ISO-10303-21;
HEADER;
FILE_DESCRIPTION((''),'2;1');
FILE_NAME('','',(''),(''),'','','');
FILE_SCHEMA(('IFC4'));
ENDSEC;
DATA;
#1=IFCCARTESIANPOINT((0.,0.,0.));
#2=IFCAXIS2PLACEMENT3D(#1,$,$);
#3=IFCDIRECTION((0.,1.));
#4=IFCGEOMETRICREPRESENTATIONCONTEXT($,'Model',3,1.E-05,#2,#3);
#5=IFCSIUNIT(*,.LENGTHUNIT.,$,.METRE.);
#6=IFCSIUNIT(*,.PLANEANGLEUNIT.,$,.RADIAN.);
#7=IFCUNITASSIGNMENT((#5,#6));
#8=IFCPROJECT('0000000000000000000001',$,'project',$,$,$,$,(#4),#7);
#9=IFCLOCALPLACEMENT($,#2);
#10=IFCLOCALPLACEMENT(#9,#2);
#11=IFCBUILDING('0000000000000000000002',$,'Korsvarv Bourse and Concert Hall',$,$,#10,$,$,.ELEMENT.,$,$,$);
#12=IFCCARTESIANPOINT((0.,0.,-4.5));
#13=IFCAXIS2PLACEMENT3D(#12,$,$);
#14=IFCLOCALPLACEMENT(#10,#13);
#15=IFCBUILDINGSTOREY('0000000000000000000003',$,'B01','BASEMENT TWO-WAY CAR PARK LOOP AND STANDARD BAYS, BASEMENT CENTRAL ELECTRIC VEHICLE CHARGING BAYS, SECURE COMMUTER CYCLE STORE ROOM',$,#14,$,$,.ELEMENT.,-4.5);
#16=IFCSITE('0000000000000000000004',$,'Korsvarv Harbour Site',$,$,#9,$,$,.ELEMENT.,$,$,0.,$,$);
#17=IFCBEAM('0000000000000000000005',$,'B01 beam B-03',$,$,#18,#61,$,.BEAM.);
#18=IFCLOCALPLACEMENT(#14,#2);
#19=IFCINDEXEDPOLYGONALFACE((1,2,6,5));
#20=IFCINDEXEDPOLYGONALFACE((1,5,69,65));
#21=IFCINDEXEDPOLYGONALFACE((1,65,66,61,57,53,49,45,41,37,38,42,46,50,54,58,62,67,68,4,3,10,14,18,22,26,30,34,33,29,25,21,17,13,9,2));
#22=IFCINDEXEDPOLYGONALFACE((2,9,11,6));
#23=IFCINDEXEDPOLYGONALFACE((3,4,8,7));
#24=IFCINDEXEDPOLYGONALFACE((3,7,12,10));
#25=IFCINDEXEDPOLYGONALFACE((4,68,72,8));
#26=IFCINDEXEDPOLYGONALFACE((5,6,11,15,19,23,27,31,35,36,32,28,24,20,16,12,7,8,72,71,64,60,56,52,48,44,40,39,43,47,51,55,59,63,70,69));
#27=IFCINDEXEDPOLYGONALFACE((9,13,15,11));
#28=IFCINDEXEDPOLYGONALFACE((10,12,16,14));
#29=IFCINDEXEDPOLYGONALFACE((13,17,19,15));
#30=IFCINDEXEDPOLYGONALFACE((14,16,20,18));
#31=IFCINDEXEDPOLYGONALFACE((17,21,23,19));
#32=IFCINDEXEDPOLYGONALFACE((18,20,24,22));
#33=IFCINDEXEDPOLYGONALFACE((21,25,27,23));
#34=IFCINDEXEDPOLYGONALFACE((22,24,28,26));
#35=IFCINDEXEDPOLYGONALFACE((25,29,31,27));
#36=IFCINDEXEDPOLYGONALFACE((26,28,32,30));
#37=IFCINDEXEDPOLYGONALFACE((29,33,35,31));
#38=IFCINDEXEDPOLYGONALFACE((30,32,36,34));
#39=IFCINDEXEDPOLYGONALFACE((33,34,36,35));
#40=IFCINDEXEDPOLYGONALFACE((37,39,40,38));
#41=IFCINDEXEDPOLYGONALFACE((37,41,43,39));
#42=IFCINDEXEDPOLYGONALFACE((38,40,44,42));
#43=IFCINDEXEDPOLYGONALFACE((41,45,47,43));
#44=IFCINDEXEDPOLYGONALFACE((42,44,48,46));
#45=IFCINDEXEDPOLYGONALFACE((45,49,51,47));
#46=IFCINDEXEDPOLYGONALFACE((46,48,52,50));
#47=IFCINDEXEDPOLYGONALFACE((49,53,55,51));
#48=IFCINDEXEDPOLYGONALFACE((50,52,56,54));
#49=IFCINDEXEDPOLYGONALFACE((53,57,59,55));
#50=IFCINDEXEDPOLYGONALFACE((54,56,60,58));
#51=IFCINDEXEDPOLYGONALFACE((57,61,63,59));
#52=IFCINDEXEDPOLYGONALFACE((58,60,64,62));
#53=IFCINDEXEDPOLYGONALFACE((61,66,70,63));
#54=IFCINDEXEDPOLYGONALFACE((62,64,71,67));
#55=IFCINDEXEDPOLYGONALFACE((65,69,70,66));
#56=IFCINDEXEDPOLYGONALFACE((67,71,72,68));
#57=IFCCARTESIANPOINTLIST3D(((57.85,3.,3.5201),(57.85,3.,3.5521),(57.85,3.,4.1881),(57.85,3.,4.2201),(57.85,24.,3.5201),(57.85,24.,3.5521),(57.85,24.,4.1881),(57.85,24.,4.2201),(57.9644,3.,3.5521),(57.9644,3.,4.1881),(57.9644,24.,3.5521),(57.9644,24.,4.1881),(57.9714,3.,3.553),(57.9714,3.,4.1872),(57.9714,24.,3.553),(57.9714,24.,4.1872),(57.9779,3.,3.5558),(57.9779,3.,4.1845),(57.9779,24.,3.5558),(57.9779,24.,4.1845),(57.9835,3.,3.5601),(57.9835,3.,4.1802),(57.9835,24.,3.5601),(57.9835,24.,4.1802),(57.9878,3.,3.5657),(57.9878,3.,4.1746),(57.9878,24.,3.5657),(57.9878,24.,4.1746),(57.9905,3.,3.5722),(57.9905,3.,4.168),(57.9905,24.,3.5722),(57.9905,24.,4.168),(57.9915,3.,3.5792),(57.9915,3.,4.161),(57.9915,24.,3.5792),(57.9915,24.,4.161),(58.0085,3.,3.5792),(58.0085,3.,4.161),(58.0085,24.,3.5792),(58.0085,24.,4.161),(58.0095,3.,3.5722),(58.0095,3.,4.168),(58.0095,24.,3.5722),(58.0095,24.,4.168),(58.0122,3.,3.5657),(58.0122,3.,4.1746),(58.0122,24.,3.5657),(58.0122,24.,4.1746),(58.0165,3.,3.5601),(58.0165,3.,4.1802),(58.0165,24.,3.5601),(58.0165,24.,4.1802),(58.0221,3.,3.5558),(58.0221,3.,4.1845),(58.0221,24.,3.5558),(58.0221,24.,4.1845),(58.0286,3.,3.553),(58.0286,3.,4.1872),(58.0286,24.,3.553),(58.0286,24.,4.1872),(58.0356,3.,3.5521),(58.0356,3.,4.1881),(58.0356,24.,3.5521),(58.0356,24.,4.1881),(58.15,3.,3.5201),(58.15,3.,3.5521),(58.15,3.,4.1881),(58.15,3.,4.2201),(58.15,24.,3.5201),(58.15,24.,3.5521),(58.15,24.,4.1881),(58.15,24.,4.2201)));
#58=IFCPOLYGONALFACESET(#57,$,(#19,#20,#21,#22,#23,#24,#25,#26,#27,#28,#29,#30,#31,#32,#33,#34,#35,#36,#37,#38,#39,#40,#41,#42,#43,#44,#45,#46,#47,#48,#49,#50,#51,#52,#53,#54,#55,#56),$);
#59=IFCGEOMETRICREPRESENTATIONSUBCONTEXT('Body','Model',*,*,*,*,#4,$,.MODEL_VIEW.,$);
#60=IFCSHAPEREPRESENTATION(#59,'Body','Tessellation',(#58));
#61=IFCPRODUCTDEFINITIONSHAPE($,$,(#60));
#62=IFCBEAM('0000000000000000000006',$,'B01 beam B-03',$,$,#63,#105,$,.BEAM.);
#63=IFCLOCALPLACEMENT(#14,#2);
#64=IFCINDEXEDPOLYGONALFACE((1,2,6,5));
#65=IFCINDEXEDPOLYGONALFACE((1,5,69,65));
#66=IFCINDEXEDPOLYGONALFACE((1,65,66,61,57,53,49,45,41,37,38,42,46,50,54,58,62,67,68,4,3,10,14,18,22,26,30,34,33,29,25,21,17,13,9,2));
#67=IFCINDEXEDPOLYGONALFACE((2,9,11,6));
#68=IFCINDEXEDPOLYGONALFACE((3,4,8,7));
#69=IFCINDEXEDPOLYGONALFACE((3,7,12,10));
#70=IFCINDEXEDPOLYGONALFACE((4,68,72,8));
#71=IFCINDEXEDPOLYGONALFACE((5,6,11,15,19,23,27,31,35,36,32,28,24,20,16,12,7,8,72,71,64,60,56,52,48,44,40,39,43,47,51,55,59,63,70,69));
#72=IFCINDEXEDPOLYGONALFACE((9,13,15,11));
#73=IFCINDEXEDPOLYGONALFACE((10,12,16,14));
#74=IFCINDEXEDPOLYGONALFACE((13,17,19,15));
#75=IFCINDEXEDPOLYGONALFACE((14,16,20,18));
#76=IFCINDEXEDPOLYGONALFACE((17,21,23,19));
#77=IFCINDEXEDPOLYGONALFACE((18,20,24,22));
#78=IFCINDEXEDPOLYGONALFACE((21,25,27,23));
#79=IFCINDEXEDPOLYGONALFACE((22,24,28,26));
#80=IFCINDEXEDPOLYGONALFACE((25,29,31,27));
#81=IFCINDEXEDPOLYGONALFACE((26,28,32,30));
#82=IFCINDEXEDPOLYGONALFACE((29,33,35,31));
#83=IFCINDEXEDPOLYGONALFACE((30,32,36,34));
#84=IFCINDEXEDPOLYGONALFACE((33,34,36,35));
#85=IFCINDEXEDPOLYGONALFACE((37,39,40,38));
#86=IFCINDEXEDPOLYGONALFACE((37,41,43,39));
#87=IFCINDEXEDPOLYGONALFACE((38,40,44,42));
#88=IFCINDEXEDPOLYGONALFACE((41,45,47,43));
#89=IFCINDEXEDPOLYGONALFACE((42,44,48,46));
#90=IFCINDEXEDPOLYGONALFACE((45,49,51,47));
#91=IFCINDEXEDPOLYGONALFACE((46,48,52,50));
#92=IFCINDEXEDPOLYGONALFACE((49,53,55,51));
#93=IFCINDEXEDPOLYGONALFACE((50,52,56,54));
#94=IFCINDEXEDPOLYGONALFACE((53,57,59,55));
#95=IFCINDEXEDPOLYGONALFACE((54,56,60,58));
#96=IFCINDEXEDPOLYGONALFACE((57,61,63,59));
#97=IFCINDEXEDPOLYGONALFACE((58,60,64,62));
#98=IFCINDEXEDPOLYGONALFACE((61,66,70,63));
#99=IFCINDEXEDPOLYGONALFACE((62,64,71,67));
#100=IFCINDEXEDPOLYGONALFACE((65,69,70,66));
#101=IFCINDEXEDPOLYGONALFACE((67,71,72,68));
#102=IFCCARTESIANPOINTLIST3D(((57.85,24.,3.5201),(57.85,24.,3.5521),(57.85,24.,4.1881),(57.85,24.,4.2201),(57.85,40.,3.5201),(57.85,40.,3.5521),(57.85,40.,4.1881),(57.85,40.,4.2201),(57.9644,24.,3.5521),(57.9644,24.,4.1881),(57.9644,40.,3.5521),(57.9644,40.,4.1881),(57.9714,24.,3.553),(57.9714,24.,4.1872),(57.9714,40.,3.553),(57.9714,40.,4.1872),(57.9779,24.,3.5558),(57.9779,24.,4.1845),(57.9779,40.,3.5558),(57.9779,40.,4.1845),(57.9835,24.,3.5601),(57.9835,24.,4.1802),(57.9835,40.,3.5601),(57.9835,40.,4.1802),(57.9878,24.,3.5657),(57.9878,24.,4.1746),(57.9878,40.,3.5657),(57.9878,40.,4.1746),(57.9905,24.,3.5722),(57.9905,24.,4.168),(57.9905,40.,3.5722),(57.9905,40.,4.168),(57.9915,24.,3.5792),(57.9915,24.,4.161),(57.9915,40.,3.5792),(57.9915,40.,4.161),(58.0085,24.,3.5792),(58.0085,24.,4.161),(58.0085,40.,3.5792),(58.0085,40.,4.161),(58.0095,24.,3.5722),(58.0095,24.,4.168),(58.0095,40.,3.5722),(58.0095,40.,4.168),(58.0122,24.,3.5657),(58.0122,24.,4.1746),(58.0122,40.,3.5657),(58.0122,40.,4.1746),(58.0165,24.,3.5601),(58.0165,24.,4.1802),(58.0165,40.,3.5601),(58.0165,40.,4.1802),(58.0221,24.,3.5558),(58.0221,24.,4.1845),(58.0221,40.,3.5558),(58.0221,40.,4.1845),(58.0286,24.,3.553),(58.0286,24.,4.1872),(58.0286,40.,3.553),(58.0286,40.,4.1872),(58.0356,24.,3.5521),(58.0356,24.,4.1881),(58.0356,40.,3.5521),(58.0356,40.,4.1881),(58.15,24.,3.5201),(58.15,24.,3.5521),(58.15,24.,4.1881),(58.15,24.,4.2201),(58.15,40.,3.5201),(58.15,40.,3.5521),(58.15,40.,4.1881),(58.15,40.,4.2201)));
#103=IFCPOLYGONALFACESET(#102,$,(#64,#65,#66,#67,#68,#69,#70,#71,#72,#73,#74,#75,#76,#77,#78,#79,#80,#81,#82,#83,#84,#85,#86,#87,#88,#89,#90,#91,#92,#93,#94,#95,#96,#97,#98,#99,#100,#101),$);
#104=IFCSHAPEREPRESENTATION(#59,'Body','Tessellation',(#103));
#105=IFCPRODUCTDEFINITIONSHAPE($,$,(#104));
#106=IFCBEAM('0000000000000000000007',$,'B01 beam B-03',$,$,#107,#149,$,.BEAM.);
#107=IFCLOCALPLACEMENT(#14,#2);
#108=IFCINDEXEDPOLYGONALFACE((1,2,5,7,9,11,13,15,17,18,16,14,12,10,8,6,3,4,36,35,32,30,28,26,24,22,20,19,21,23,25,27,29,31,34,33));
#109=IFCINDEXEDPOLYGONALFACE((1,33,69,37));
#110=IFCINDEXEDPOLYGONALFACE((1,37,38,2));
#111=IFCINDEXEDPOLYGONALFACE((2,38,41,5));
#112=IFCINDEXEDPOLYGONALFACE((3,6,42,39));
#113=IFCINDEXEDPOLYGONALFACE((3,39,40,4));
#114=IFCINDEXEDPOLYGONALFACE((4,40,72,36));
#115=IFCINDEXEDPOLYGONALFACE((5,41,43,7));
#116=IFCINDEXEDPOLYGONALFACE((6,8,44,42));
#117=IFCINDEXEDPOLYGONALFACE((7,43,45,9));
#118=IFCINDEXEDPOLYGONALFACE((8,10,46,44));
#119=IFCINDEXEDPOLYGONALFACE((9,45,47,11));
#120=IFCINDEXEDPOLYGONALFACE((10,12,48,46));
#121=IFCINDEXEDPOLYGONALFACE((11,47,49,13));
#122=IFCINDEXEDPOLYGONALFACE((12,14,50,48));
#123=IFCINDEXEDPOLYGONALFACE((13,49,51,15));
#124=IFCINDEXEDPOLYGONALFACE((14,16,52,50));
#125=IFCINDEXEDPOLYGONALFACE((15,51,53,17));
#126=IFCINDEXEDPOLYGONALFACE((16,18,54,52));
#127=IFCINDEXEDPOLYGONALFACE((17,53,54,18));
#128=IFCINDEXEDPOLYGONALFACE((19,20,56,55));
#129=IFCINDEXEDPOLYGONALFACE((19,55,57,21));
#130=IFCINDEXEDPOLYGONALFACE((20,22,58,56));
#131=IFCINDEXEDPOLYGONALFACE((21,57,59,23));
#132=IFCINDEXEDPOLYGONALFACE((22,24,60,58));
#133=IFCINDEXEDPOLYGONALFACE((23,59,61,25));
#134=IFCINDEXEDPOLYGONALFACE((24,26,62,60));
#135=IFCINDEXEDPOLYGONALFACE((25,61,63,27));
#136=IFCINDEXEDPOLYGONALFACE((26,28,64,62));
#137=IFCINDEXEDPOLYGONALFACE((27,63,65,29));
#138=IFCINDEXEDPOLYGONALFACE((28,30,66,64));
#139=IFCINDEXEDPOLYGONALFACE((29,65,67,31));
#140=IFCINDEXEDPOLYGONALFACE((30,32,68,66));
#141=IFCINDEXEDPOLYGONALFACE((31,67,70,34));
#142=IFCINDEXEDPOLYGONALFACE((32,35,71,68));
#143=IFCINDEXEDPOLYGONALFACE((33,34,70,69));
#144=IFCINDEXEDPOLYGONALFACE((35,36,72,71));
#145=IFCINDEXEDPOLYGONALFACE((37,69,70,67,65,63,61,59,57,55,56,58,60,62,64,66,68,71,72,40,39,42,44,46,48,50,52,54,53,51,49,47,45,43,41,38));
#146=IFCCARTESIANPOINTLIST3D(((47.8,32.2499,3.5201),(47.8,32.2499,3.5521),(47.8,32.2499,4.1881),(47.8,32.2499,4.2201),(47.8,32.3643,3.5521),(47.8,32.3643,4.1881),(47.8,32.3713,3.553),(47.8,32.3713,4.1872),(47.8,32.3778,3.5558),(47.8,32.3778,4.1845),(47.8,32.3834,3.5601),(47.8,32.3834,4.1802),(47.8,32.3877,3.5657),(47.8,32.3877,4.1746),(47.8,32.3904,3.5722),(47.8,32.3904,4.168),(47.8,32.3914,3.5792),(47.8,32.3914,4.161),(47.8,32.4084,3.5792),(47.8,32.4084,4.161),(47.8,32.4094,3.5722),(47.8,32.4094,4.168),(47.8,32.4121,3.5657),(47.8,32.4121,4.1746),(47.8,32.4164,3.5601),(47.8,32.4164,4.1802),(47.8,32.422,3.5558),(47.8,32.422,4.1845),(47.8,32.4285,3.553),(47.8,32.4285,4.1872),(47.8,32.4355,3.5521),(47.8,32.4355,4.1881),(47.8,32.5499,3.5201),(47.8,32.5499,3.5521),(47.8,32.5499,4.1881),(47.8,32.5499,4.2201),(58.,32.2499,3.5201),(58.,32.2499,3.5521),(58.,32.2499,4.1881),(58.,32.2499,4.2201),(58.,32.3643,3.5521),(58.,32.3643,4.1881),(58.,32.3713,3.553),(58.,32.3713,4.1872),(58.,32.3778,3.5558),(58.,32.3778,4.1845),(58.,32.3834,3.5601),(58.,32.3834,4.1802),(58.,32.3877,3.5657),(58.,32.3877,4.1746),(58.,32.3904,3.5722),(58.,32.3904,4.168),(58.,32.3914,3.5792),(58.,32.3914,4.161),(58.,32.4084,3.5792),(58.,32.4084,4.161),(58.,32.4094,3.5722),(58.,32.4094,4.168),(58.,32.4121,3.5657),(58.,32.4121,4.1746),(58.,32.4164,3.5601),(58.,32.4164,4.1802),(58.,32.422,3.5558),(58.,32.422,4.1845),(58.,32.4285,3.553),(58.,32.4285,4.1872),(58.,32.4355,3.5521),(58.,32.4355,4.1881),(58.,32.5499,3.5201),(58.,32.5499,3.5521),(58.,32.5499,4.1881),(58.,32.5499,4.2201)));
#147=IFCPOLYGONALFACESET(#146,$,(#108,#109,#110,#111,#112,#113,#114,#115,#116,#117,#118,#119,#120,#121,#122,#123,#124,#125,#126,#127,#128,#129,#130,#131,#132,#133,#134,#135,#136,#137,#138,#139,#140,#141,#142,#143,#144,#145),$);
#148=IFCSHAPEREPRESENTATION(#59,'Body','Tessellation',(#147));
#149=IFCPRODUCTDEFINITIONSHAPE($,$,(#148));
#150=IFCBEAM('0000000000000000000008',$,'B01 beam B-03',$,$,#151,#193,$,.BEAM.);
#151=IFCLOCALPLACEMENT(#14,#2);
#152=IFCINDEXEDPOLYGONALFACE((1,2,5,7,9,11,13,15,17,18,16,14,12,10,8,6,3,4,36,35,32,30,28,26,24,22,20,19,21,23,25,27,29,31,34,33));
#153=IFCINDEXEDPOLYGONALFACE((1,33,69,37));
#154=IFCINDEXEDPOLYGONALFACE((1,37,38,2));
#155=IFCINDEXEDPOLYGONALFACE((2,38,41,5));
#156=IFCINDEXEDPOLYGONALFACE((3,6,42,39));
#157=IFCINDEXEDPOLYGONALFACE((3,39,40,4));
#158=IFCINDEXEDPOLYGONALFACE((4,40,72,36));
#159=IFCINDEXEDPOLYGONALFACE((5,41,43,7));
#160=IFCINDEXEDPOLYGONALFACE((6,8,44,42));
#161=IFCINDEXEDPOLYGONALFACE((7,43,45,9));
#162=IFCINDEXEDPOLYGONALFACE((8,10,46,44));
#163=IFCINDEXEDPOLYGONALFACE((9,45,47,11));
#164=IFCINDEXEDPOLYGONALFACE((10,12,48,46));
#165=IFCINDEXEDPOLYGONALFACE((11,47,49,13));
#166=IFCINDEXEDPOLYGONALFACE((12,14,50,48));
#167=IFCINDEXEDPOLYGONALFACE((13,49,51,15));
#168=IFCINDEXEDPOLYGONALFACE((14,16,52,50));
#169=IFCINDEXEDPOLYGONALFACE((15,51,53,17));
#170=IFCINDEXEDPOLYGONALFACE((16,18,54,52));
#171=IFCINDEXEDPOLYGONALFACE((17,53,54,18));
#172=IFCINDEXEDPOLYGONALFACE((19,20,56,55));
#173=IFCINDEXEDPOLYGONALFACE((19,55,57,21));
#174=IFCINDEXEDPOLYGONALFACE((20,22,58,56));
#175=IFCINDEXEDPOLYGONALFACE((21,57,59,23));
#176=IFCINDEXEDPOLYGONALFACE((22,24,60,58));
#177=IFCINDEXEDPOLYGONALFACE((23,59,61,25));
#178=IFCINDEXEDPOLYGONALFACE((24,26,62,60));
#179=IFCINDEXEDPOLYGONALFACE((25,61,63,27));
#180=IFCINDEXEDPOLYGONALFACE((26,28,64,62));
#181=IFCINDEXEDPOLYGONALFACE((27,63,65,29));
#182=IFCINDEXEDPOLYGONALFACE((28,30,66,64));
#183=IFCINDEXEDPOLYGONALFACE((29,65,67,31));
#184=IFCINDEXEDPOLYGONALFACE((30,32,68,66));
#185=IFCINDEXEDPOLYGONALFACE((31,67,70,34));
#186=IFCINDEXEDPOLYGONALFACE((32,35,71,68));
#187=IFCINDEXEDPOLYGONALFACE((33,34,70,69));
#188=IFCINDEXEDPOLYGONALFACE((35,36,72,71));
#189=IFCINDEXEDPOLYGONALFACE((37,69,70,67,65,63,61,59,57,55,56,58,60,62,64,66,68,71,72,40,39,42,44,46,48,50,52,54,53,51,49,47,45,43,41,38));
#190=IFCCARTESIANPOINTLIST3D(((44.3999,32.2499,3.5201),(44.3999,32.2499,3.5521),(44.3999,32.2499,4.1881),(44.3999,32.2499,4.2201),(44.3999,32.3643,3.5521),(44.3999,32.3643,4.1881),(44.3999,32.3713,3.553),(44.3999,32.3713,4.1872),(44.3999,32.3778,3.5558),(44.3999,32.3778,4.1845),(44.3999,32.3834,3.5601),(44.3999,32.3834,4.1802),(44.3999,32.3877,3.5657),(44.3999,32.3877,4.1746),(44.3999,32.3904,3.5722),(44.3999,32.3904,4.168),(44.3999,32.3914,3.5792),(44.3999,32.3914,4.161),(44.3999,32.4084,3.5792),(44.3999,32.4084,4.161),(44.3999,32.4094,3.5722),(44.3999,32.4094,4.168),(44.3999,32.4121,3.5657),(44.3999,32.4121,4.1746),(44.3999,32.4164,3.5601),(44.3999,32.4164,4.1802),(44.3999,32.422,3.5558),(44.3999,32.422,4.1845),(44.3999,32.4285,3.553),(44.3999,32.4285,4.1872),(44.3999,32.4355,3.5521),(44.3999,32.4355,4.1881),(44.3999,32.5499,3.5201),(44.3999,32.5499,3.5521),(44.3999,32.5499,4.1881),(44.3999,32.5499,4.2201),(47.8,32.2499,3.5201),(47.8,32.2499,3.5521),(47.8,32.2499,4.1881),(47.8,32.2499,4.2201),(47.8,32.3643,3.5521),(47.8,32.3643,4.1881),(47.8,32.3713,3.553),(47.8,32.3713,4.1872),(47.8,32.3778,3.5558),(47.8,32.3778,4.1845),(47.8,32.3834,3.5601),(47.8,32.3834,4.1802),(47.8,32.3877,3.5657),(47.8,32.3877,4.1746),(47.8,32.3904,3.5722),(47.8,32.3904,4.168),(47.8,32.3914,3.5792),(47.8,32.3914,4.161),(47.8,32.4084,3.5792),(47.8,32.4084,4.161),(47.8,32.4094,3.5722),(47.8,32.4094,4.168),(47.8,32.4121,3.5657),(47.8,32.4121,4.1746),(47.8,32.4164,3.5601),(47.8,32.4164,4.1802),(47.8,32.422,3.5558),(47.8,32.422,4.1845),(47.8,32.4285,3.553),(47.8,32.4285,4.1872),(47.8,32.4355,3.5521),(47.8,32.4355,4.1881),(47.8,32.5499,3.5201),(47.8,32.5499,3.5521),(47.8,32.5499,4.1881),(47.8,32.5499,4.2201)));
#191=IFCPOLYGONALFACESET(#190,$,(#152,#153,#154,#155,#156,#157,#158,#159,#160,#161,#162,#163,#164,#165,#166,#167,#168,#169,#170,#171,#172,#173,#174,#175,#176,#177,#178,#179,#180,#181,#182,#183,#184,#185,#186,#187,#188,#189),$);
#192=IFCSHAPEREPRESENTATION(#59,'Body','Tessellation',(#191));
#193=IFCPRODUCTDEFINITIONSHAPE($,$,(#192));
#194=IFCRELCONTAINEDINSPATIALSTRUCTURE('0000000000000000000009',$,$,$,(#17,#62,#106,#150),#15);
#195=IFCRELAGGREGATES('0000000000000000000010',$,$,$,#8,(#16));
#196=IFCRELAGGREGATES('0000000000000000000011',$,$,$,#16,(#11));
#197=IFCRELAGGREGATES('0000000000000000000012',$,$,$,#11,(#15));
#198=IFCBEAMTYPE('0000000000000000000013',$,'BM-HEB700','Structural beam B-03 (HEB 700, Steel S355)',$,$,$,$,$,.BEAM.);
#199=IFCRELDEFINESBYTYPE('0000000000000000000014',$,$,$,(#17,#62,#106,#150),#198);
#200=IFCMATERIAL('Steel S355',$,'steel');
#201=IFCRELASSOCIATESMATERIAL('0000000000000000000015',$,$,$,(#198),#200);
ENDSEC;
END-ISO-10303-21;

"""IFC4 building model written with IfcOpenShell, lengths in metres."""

from ifc_helpers import new_model, si_unit, direction, frame, origin, origin_2d, place, context, subcontext, project, spatial, i_section, extrude, source, transform, mapped, material, material_profile, profile_set, type_object, element, save


model = new_model("IFC4")

# Units and contexts
model_context = context("Model", 3, precision=1e-05, world=origin(), true_north=direction((0.0, 1.0)))
body_context = subcontext(model_context, "Body", "Model", "MODEL_VIEW")
ifc_project = project(units=[si_unit("LENGTHUNIT", "METRE"), si_unit("PLANEANGLEUNIT", "RADIAN")], contexts=[model_context])

# Site, building, storey
site_placement = place(None, origin())
site = spatial("IfcSite", under=ifc_project, at=site_placement, Name="Korsvarv Harbour Site", CompositionType="ELEMENT", RefElevation=0.0)
building_placement = place(site_placement, origin())
building = spatial("IfcBuilding", under=site, at=building_placement, Name="Korsvarv Bourse and Concert Hall", CompositionType="ELEMENT")
storey_placement = place(building_placement, frame((0.0, 0.0, -4.5)))
storey = spatial("IfcBuildingStorey", under=building, at=storey_placement, Name="B01", Description="BASEMENT TWO-WAY CAR PARK LOOP AND STANDARD BAYS, BASEMENT CENTRAL ELECTRIC VEHICLE CHARGING BAYS, SECURE COMMUTER CYCLE STORE ROOM", CompositionType="ELEMENT", Elevation=-4.5)

# Beams
ifc_material_1 = material(Name="Steel S355", Category="steel")
ifc_material_profile_1 = material_profile(ifc_material_1, i_section(OverallWidth=0.3, OverallDepth=0.7, WebThickness=0.0171, FlangeThickness=0.032, FilletRadius=0.0271, at=origin_2d()), Name="HEB 700")
ifc_profile_set_1 = profile_set([ifc_material_profile_1], Name="Steel S355")
beam_type_1 = type_object("IfcBeamType", Name="BM-HEB700", Description="Structural beam B-03 (HEB 700, Steel S355)", PredefinedType="BEAM", material=ifc_profile_set_1)
shared_shape_1 = source(origin(), body_context, "Body", "SweptSolid", [
    extrude(i_section(OverallWidth=0.3, OverallDepth=0.7, WebThickness=0.0171, FlangeThickness=0.032, FilletRadius=0.0271, at=origin_2d()), origin(), (0.0, 0.0, 1.0), 21.0),
])
beam_1_placement = place(storey_placement, frame((58.0, 3.0, 3.8701), z_axis=(0.0, 1.0, 0.0), x_axis=(-1.0, 0.0, 0.0)))
element("IfcBeam", 1, at=beam_1_placement, inside=storey, type_object=beam_type_1, Name="B01 beam B-03", PredefinedType="BEAM", context=body_context, shape_type="MappedRepresentation", body=[
    mapped(shared_shape_1, transform((0.0, 0.0, 0.0), scale=1.0)),
])
shared_shape_2 = source(origin(), body_context, "Body", "SweptSolid", [
    extrude(i_section(OverallWidth=0.3, OverallDepth=0.7, WebThickness=0.0171, FlangeThickness=0.032, FilletRadius=0.0271, at=origin_2d()), origin(), (0.0, 0.0, 1.0), 16.0),
])
beam_2_placement = place(storey_placement, frame((58.0, 24.0, 3.8701), z_axis=(0.0, 1.0, 0.0), x_axis=(-1.0, 0.0, 0.0)))
element("IfcBeam", 2, at=beam_2_placement, inside=storey, type_object=beam_type_1, Name="B01 beam B-03", PredefinedType="BEAM", context=body_context, shape_type="MappedRepresentation", body=[
    mapped(shared_shape_2, transform((0.0, 0.0, 0.0), scale=1.0)),
])
shared_shape_3 = source(origin(), body_context, "Body", "SweptSolid", [
    extrude(i_section(OverallWidth=0.3, OverallDepth=0.7, WebThickness=0.0171, FlangeThickness=0.032, FilletRadius=0.0271, at=origin_2d()), origin(), (0.0, 0.0, 1.0), 10.2),
])
beam_3_placement = place(storey_placement, frame((47.8, 32.3999, 3.8701), z_axis=(1.0, 0.0, 0.0), x_axis=(0.0, 1.0, 0.0)))
element("IfcBeam", 3, at=beam_3_placement, inside=storey, type_object=beam_type_1, Name="B01 beam B-03", PredefinedType="BEAM", context=body_context, shape_type="MappedRepresentation", body=[
    mapped(shared_shape_3, transform((0.0, 0.0, 0.0), scale=1.0)),
])
shared_shape_4 = source(origin(), body_context, "Body", "SweptSolid", [
    extrude(i_section(OverallWidth=0.3, OverallDepth=0.7, WebThickness=0.0171, FlangeThickness=0.032, FilletRadius=0.0271, at=origin_2d()), origin(), (0.0, 0.0, 1.0), 3.4001),
])
beam_4_placement = place(storey_placement, frame((44.3999, 32.3999, 3.8701), z_axis=(1.0, 0.0, 0.0), x_axis=(0.0, 1.0, 0.0)))
element("IfcBeam", 4, at=beam_4_placement, inside=storey, type_object=beam_type_1, Name="B01 beam B-03", PredefinedType="BEAM", context=body_context, shape_type="MappedRepresentation", body=[
    mapped(shared_shape_4, transform((0.0, 0.0, 0.0), scale=1.0)),
])

save(model, "model.ifc")
